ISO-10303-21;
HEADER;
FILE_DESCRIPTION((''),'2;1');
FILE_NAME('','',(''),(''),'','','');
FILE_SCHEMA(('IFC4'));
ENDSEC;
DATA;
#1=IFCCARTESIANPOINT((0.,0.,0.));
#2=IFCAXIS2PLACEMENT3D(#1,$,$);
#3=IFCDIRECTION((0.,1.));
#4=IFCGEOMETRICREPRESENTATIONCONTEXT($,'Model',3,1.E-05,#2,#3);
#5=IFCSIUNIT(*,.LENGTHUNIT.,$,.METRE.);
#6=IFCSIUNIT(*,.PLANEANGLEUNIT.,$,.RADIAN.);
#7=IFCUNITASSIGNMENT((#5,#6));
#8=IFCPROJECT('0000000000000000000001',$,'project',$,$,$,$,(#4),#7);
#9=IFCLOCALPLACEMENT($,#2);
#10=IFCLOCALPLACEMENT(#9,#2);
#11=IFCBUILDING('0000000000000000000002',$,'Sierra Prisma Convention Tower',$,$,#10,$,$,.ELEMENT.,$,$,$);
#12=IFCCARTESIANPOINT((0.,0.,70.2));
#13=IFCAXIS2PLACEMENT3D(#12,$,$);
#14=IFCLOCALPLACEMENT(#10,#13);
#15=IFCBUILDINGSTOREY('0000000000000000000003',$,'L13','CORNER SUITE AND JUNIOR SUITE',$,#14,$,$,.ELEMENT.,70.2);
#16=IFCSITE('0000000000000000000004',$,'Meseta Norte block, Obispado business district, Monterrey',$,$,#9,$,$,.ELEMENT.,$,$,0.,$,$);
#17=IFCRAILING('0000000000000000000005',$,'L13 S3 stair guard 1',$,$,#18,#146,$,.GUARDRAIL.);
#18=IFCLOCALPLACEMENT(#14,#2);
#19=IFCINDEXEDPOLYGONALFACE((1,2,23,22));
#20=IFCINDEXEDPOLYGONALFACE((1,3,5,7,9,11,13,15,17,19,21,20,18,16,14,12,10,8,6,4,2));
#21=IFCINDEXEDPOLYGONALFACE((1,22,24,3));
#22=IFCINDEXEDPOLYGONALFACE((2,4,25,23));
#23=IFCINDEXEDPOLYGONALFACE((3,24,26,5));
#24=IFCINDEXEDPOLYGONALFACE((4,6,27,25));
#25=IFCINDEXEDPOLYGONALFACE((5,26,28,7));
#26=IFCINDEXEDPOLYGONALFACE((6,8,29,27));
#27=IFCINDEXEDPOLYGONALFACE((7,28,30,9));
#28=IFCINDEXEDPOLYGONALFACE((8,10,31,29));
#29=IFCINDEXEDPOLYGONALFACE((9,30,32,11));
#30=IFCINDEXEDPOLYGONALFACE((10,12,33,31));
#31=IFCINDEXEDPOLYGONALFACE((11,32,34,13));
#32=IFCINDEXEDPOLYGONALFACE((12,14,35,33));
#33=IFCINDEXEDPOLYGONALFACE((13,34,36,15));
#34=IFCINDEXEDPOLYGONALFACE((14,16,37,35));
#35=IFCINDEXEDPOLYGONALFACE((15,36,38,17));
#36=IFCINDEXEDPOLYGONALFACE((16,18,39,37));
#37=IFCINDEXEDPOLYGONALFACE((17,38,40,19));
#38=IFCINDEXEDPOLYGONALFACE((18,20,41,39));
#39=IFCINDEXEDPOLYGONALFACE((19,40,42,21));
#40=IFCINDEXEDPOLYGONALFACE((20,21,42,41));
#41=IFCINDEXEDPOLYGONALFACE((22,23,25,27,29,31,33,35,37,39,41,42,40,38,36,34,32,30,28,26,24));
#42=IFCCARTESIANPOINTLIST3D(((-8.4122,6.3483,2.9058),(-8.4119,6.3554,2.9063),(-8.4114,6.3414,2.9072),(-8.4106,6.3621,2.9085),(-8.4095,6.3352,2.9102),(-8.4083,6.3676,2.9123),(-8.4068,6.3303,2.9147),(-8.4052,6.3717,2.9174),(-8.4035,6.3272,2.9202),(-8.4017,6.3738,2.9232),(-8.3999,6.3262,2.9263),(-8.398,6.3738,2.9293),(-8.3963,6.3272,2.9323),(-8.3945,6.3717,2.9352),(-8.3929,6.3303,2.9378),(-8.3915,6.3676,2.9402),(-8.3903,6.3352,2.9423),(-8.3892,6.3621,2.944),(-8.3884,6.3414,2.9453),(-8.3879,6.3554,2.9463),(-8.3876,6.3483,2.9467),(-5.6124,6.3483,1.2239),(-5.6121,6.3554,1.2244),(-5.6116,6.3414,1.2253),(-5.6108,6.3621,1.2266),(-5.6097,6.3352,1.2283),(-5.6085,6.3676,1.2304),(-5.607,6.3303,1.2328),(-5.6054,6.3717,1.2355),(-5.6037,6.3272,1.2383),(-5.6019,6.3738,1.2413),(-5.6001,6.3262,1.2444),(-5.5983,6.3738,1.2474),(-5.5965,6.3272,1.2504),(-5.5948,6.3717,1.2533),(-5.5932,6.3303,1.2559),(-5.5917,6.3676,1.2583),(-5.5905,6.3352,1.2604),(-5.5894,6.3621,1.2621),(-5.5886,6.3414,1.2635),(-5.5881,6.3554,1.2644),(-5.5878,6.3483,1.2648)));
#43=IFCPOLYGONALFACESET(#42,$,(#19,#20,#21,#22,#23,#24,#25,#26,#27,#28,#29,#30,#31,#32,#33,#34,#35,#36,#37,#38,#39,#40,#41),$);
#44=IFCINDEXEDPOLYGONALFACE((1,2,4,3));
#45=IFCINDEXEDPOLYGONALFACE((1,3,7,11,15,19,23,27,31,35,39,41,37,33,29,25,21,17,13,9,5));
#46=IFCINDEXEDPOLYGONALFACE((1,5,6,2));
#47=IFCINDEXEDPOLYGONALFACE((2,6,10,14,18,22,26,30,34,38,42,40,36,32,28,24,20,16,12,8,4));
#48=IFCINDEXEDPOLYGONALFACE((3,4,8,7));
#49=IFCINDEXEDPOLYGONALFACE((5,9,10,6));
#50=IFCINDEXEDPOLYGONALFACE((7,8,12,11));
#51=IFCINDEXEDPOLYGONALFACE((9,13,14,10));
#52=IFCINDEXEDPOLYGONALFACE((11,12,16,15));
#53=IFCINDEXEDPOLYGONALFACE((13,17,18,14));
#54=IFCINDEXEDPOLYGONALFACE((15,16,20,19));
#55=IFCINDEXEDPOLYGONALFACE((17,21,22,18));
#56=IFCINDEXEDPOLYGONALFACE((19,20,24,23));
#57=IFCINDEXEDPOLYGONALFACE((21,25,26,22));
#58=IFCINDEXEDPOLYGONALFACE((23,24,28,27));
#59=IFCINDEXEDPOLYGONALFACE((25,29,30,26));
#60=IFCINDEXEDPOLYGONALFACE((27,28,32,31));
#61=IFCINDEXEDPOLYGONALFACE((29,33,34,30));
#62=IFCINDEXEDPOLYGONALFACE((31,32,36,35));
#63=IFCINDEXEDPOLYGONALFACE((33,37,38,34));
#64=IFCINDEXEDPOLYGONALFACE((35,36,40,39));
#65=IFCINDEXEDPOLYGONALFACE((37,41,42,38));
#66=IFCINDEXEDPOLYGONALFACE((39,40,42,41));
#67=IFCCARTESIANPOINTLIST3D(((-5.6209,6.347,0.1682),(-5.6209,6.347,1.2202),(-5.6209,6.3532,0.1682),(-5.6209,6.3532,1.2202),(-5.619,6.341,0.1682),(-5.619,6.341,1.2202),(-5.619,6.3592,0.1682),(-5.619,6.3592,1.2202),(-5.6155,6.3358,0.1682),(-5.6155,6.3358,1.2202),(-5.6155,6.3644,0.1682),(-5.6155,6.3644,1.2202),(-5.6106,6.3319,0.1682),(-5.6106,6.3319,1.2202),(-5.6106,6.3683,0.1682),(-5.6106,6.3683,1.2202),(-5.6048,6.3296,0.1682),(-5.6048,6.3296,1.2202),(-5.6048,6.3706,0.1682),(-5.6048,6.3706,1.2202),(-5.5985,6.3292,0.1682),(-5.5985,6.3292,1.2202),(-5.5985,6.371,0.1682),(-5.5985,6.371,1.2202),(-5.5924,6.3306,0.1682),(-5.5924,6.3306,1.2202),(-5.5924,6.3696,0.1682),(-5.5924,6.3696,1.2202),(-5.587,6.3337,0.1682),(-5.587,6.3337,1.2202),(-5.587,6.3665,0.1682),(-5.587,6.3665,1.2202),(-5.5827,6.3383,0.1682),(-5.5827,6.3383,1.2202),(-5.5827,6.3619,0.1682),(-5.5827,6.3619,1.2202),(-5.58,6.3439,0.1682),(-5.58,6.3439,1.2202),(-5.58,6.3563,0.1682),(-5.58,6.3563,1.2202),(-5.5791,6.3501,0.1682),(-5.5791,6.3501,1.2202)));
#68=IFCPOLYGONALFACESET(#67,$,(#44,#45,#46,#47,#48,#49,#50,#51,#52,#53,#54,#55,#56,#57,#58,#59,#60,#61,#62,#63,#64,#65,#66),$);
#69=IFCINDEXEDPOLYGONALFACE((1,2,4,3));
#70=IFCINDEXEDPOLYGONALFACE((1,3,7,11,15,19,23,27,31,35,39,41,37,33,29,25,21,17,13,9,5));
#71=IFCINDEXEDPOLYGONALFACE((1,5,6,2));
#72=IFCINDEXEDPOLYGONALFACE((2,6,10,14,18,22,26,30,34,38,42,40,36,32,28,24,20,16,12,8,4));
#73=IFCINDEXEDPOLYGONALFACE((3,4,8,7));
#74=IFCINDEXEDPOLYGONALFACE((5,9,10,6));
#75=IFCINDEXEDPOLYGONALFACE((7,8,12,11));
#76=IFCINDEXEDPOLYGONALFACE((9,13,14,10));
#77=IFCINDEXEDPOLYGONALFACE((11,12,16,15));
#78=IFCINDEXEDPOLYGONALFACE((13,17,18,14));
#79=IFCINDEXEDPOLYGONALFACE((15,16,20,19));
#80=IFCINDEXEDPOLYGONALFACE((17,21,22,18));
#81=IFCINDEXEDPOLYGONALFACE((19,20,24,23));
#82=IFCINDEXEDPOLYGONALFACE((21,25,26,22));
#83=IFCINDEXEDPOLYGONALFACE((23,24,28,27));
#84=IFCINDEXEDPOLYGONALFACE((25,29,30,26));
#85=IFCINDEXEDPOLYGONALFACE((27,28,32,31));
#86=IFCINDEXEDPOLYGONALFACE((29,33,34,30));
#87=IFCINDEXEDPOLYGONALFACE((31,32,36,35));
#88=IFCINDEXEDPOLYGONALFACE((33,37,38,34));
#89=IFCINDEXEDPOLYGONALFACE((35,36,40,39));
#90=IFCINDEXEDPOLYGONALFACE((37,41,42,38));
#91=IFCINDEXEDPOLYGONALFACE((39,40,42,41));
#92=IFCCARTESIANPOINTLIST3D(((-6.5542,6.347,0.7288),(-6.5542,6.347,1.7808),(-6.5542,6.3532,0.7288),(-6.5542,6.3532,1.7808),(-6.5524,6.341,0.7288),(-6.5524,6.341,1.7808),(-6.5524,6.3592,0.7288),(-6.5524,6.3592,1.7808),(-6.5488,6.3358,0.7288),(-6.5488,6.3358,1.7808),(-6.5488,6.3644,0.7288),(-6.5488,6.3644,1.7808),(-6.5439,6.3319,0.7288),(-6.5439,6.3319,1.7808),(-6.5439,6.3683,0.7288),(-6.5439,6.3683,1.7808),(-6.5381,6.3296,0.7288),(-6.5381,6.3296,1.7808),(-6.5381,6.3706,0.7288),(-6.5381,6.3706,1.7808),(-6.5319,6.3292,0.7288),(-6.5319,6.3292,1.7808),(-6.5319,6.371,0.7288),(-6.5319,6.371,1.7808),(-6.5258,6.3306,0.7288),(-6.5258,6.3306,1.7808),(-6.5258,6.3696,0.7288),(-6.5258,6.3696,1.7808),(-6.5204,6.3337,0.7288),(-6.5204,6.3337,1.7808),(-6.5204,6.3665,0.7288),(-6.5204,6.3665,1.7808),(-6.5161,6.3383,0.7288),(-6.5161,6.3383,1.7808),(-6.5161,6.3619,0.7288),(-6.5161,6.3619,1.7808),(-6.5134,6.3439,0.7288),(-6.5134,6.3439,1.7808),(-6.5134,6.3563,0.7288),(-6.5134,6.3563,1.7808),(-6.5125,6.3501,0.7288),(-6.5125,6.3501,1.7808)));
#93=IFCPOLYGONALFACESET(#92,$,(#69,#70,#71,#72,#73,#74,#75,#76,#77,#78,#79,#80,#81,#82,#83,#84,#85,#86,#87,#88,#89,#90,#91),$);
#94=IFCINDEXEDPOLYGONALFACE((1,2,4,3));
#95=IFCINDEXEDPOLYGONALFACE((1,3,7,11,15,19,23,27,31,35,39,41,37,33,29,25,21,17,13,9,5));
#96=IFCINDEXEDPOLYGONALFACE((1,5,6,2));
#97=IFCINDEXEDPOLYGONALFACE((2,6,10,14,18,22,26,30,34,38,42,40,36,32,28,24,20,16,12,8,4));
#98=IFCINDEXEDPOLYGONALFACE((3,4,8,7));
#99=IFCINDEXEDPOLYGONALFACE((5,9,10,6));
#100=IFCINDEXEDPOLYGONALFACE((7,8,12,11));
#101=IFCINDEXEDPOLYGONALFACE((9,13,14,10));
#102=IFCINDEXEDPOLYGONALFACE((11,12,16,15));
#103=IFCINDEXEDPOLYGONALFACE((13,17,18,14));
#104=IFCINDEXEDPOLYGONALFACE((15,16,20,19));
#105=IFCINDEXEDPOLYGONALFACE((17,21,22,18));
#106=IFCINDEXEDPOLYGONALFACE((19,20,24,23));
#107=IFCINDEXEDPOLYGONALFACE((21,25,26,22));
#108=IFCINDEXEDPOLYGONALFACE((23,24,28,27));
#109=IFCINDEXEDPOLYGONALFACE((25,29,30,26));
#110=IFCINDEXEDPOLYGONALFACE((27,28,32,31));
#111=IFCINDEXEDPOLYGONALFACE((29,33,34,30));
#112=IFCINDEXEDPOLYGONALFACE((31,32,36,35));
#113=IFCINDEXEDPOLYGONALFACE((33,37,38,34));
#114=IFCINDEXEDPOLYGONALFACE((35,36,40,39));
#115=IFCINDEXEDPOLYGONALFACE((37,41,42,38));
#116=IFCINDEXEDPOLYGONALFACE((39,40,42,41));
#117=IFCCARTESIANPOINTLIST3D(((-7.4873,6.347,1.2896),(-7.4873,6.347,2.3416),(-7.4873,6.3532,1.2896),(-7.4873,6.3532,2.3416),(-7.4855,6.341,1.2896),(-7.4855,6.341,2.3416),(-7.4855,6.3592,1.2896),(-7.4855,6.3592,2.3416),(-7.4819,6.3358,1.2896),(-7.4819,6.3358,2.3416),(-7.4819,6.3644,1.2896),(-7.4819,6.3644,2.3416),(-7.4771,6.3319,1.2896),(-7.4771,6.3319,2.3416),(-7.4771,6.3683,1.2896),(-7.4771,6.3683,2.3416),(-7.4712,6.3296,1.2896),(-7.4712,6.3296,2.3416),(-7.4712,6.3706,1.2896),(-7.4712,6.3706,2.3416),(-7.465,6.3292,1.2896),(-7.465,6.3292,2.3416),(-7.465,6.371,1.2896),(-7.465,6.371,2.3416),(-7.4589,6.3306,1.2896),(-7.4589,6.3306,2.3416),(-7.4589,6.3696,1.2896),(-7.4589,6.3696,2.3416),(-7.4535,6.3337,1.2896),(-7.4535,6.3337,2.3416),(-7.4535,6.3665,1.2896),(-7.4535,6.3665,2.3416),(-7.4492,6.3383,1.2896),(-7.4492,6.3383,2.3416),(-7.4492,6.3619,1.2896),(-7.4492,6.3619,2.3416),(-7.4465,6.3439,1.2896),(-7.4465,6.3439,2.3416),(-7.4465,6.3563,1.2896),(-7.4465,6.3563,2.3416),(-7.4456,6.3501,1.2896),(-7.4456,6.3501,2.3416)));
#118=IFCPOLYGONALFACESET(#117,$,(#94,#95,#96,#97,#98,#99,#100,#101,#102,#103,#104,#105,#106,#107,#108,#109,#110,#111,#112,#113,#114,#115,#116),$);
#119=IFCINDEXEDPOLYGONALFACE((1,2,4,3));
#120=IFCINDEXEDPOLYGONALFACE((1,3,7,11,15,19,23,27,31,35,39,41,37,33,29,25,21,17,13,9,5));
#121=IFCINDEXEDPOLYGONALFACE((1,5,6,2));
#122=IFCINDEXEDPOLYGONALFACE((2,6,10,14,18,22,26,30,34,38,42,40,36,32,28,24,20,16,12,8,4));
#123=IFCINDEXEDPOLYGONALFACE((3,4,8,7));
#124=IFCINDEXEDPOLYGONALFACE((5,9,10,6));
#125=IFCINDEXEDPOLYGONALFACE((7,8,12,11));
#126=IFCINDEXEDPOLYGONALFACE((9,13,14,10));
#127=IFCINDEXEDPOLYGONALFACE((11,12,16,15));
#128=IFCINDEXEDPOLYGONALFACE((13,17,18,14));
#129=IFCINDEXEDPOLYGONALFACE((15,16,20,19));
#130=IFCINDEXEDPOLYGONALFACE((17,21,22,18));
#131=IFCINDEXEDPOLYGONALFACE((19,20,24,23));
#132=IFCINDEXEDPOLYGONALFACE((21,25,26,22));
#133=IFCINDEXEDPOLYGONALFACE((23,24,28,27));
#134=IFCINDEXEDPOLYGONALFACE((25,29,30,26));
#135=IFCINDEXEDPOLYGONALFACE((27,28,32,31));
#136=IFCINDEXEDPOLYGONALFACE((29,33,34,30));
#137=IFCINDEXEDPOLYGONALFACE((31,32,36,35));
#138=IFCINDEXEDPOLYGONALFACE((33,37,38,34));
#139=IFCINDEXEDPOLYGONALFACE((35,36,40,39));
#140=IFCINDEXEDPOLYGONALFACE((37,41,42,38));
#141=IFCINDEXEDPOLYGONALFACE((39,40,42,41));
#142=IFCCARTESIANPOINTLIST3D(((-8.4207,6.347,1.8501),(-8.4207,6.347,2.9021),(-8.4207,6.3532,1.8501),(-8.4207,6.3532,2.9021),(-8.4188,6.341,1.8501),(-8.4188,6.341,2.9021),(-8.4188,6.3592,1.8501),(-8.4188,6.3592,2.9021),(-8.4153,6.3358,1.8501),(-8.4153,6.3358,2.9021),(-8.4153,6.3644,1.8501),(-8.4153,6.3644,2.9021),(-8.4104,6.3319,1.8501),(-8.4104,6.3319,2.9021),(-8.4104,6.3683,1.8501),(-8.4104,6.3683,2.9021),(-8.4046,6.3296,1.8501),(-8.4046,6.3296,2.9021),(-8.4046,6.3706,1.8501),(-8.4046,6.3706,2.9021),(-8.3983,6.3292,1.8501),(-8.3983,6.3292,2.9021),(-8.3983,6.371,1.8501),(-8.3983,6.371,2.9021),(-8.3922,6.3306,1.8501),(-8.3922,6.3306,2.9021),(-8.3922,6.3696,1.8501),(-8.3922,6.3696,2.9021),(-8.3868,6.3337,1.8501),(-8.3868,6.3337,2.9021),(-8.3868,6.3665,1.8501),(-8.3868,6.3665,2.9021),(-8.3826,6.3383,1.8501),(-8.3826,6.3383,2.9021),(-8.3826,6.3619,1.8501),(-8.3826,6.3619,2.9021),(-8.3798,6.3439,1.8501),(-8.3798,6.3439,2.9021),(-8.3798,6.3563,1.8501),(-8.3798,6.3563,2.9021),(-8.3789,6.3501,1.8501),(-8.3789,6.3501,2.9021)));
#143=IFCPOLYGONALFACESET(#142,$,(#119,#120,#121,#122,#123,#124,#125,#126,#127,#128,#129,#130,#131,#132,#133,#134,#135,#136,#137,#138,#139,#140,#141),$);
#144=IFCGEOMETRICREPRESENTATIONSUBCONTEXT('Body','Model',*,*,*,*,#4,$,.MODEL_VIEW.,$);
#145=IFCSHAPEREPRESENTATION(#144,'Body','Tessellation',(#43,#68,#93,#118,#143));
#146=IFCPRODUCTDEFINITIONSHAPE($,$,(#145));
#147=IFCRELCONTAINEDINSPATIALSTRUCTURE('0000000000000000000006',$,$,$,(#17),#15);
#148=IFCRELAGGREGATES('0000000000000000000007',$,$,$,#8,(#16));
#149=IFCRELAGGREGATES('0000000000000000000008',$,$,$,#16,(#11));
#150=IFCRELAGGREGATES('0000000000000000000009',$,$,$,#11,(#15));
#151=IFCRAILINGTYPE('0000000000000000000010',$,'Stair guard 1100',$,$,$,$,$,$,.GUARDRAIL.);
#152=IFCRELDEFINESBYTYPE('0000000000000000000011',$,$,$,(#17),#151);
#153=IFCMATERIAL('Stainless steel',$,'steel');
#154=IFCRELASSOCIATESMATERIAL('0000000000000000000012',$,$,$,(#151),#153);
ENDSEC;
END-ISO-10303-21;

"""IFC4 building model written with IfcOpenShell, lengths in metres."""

from ifc_helpers import new_model, si_unit, direction, frame, origin, origin_2d, place, context, subcontext, project, spatial, circle, extrude, material, type_object, element, save


model = new_model("IFC4")

# Units and contexts
model_context = context("Model", 3, precision=1e-05, world=origin(), true_north=direction((0.0, 1.0)))
body_context = subcontext(model_context, "Body", "Model", "MODEL_VIEW")
ifc_project = project(units=[si_unit("LENGTHUNIT", "METRE"), si_unit("PLANEANGLEUNIT", "RADIAN")], contexts=[model_context])

# Site, building, storey
site_placement = place(None, origin())
site = spatial("IfcSite", under=ifc_project, at=site_placement, Name="Meseta Norte block, Obispado business district, Monterrey", CompositionType="ELEMENT", RefElevation=0.0)
building_placement = place(site_placement, origin())
building = spatial("IfcBuilding", under=site, at=building_placement, Name="Sierra Prisma Convention Tower", CompositionType="ELEMENT")
storey_placement = place(building_placement, frame((0.0, 0.0, 70.2)))
storey = spatial("IfcBuildingStorey", under=building, at=storey_placement, Name="L13", Description="CORNER SUITE AND JUNIOR SUITE", CompositionType="ELEMENT", Elevation=70.2)

# Railing
ifc_material_1 = material(Name="Stainless steel", Category="steel")
railing_type_1 = type_object("IfcRailingType", Name="Stair guard 1100", PredefinedType="GUARDRAIL", material=ifc_material_1)
railing_1_placement = place(storey_placement, frame((-5.6001, 6.3501, 0.1682)))
element("IfcRailing", 1, at=railing_1_placement, inside=storey, type_object=railing_type_1, Name="L13 S3 stair guard 1", PredefinedType="GUARDRAIL", context=body_context, shape_type="SweptSolid", body=[
    extrude(circle(Radius=0.0239, at=origin_2d()), frame((0.0, 0.0, 1.0762), z_axis=(-0.857222, 0.0, 0.514946), x_axis=(0.0, -1.0, 0.0)), (0.0, 0.0, 1.0), 3.2661),
    extrude(circle(Radius=0.021, at=origin_2d()), origin(), (0.0, 0.0, 1.0), 1.052),
    extrude(circle(Radius=0.021, at=origin_2d()), frame((-0.9333, 0.0, 0.5605)), (0.0, 0.0, 1.0), 1.052),
    extrude(circle(Radius=0.021, at=origin_2d()), frame((-1.8665, 0.0, 1.1213)), (0.0, 0.0, 1.0), 1.052),
    extrude(circle(Radius=0.021, at=origin_2d()), frame((-2.7998, 0.0, 1.6819)), (0.0, 0.0, 1.0), 1.052),
])

save(model, "model.ifc")
